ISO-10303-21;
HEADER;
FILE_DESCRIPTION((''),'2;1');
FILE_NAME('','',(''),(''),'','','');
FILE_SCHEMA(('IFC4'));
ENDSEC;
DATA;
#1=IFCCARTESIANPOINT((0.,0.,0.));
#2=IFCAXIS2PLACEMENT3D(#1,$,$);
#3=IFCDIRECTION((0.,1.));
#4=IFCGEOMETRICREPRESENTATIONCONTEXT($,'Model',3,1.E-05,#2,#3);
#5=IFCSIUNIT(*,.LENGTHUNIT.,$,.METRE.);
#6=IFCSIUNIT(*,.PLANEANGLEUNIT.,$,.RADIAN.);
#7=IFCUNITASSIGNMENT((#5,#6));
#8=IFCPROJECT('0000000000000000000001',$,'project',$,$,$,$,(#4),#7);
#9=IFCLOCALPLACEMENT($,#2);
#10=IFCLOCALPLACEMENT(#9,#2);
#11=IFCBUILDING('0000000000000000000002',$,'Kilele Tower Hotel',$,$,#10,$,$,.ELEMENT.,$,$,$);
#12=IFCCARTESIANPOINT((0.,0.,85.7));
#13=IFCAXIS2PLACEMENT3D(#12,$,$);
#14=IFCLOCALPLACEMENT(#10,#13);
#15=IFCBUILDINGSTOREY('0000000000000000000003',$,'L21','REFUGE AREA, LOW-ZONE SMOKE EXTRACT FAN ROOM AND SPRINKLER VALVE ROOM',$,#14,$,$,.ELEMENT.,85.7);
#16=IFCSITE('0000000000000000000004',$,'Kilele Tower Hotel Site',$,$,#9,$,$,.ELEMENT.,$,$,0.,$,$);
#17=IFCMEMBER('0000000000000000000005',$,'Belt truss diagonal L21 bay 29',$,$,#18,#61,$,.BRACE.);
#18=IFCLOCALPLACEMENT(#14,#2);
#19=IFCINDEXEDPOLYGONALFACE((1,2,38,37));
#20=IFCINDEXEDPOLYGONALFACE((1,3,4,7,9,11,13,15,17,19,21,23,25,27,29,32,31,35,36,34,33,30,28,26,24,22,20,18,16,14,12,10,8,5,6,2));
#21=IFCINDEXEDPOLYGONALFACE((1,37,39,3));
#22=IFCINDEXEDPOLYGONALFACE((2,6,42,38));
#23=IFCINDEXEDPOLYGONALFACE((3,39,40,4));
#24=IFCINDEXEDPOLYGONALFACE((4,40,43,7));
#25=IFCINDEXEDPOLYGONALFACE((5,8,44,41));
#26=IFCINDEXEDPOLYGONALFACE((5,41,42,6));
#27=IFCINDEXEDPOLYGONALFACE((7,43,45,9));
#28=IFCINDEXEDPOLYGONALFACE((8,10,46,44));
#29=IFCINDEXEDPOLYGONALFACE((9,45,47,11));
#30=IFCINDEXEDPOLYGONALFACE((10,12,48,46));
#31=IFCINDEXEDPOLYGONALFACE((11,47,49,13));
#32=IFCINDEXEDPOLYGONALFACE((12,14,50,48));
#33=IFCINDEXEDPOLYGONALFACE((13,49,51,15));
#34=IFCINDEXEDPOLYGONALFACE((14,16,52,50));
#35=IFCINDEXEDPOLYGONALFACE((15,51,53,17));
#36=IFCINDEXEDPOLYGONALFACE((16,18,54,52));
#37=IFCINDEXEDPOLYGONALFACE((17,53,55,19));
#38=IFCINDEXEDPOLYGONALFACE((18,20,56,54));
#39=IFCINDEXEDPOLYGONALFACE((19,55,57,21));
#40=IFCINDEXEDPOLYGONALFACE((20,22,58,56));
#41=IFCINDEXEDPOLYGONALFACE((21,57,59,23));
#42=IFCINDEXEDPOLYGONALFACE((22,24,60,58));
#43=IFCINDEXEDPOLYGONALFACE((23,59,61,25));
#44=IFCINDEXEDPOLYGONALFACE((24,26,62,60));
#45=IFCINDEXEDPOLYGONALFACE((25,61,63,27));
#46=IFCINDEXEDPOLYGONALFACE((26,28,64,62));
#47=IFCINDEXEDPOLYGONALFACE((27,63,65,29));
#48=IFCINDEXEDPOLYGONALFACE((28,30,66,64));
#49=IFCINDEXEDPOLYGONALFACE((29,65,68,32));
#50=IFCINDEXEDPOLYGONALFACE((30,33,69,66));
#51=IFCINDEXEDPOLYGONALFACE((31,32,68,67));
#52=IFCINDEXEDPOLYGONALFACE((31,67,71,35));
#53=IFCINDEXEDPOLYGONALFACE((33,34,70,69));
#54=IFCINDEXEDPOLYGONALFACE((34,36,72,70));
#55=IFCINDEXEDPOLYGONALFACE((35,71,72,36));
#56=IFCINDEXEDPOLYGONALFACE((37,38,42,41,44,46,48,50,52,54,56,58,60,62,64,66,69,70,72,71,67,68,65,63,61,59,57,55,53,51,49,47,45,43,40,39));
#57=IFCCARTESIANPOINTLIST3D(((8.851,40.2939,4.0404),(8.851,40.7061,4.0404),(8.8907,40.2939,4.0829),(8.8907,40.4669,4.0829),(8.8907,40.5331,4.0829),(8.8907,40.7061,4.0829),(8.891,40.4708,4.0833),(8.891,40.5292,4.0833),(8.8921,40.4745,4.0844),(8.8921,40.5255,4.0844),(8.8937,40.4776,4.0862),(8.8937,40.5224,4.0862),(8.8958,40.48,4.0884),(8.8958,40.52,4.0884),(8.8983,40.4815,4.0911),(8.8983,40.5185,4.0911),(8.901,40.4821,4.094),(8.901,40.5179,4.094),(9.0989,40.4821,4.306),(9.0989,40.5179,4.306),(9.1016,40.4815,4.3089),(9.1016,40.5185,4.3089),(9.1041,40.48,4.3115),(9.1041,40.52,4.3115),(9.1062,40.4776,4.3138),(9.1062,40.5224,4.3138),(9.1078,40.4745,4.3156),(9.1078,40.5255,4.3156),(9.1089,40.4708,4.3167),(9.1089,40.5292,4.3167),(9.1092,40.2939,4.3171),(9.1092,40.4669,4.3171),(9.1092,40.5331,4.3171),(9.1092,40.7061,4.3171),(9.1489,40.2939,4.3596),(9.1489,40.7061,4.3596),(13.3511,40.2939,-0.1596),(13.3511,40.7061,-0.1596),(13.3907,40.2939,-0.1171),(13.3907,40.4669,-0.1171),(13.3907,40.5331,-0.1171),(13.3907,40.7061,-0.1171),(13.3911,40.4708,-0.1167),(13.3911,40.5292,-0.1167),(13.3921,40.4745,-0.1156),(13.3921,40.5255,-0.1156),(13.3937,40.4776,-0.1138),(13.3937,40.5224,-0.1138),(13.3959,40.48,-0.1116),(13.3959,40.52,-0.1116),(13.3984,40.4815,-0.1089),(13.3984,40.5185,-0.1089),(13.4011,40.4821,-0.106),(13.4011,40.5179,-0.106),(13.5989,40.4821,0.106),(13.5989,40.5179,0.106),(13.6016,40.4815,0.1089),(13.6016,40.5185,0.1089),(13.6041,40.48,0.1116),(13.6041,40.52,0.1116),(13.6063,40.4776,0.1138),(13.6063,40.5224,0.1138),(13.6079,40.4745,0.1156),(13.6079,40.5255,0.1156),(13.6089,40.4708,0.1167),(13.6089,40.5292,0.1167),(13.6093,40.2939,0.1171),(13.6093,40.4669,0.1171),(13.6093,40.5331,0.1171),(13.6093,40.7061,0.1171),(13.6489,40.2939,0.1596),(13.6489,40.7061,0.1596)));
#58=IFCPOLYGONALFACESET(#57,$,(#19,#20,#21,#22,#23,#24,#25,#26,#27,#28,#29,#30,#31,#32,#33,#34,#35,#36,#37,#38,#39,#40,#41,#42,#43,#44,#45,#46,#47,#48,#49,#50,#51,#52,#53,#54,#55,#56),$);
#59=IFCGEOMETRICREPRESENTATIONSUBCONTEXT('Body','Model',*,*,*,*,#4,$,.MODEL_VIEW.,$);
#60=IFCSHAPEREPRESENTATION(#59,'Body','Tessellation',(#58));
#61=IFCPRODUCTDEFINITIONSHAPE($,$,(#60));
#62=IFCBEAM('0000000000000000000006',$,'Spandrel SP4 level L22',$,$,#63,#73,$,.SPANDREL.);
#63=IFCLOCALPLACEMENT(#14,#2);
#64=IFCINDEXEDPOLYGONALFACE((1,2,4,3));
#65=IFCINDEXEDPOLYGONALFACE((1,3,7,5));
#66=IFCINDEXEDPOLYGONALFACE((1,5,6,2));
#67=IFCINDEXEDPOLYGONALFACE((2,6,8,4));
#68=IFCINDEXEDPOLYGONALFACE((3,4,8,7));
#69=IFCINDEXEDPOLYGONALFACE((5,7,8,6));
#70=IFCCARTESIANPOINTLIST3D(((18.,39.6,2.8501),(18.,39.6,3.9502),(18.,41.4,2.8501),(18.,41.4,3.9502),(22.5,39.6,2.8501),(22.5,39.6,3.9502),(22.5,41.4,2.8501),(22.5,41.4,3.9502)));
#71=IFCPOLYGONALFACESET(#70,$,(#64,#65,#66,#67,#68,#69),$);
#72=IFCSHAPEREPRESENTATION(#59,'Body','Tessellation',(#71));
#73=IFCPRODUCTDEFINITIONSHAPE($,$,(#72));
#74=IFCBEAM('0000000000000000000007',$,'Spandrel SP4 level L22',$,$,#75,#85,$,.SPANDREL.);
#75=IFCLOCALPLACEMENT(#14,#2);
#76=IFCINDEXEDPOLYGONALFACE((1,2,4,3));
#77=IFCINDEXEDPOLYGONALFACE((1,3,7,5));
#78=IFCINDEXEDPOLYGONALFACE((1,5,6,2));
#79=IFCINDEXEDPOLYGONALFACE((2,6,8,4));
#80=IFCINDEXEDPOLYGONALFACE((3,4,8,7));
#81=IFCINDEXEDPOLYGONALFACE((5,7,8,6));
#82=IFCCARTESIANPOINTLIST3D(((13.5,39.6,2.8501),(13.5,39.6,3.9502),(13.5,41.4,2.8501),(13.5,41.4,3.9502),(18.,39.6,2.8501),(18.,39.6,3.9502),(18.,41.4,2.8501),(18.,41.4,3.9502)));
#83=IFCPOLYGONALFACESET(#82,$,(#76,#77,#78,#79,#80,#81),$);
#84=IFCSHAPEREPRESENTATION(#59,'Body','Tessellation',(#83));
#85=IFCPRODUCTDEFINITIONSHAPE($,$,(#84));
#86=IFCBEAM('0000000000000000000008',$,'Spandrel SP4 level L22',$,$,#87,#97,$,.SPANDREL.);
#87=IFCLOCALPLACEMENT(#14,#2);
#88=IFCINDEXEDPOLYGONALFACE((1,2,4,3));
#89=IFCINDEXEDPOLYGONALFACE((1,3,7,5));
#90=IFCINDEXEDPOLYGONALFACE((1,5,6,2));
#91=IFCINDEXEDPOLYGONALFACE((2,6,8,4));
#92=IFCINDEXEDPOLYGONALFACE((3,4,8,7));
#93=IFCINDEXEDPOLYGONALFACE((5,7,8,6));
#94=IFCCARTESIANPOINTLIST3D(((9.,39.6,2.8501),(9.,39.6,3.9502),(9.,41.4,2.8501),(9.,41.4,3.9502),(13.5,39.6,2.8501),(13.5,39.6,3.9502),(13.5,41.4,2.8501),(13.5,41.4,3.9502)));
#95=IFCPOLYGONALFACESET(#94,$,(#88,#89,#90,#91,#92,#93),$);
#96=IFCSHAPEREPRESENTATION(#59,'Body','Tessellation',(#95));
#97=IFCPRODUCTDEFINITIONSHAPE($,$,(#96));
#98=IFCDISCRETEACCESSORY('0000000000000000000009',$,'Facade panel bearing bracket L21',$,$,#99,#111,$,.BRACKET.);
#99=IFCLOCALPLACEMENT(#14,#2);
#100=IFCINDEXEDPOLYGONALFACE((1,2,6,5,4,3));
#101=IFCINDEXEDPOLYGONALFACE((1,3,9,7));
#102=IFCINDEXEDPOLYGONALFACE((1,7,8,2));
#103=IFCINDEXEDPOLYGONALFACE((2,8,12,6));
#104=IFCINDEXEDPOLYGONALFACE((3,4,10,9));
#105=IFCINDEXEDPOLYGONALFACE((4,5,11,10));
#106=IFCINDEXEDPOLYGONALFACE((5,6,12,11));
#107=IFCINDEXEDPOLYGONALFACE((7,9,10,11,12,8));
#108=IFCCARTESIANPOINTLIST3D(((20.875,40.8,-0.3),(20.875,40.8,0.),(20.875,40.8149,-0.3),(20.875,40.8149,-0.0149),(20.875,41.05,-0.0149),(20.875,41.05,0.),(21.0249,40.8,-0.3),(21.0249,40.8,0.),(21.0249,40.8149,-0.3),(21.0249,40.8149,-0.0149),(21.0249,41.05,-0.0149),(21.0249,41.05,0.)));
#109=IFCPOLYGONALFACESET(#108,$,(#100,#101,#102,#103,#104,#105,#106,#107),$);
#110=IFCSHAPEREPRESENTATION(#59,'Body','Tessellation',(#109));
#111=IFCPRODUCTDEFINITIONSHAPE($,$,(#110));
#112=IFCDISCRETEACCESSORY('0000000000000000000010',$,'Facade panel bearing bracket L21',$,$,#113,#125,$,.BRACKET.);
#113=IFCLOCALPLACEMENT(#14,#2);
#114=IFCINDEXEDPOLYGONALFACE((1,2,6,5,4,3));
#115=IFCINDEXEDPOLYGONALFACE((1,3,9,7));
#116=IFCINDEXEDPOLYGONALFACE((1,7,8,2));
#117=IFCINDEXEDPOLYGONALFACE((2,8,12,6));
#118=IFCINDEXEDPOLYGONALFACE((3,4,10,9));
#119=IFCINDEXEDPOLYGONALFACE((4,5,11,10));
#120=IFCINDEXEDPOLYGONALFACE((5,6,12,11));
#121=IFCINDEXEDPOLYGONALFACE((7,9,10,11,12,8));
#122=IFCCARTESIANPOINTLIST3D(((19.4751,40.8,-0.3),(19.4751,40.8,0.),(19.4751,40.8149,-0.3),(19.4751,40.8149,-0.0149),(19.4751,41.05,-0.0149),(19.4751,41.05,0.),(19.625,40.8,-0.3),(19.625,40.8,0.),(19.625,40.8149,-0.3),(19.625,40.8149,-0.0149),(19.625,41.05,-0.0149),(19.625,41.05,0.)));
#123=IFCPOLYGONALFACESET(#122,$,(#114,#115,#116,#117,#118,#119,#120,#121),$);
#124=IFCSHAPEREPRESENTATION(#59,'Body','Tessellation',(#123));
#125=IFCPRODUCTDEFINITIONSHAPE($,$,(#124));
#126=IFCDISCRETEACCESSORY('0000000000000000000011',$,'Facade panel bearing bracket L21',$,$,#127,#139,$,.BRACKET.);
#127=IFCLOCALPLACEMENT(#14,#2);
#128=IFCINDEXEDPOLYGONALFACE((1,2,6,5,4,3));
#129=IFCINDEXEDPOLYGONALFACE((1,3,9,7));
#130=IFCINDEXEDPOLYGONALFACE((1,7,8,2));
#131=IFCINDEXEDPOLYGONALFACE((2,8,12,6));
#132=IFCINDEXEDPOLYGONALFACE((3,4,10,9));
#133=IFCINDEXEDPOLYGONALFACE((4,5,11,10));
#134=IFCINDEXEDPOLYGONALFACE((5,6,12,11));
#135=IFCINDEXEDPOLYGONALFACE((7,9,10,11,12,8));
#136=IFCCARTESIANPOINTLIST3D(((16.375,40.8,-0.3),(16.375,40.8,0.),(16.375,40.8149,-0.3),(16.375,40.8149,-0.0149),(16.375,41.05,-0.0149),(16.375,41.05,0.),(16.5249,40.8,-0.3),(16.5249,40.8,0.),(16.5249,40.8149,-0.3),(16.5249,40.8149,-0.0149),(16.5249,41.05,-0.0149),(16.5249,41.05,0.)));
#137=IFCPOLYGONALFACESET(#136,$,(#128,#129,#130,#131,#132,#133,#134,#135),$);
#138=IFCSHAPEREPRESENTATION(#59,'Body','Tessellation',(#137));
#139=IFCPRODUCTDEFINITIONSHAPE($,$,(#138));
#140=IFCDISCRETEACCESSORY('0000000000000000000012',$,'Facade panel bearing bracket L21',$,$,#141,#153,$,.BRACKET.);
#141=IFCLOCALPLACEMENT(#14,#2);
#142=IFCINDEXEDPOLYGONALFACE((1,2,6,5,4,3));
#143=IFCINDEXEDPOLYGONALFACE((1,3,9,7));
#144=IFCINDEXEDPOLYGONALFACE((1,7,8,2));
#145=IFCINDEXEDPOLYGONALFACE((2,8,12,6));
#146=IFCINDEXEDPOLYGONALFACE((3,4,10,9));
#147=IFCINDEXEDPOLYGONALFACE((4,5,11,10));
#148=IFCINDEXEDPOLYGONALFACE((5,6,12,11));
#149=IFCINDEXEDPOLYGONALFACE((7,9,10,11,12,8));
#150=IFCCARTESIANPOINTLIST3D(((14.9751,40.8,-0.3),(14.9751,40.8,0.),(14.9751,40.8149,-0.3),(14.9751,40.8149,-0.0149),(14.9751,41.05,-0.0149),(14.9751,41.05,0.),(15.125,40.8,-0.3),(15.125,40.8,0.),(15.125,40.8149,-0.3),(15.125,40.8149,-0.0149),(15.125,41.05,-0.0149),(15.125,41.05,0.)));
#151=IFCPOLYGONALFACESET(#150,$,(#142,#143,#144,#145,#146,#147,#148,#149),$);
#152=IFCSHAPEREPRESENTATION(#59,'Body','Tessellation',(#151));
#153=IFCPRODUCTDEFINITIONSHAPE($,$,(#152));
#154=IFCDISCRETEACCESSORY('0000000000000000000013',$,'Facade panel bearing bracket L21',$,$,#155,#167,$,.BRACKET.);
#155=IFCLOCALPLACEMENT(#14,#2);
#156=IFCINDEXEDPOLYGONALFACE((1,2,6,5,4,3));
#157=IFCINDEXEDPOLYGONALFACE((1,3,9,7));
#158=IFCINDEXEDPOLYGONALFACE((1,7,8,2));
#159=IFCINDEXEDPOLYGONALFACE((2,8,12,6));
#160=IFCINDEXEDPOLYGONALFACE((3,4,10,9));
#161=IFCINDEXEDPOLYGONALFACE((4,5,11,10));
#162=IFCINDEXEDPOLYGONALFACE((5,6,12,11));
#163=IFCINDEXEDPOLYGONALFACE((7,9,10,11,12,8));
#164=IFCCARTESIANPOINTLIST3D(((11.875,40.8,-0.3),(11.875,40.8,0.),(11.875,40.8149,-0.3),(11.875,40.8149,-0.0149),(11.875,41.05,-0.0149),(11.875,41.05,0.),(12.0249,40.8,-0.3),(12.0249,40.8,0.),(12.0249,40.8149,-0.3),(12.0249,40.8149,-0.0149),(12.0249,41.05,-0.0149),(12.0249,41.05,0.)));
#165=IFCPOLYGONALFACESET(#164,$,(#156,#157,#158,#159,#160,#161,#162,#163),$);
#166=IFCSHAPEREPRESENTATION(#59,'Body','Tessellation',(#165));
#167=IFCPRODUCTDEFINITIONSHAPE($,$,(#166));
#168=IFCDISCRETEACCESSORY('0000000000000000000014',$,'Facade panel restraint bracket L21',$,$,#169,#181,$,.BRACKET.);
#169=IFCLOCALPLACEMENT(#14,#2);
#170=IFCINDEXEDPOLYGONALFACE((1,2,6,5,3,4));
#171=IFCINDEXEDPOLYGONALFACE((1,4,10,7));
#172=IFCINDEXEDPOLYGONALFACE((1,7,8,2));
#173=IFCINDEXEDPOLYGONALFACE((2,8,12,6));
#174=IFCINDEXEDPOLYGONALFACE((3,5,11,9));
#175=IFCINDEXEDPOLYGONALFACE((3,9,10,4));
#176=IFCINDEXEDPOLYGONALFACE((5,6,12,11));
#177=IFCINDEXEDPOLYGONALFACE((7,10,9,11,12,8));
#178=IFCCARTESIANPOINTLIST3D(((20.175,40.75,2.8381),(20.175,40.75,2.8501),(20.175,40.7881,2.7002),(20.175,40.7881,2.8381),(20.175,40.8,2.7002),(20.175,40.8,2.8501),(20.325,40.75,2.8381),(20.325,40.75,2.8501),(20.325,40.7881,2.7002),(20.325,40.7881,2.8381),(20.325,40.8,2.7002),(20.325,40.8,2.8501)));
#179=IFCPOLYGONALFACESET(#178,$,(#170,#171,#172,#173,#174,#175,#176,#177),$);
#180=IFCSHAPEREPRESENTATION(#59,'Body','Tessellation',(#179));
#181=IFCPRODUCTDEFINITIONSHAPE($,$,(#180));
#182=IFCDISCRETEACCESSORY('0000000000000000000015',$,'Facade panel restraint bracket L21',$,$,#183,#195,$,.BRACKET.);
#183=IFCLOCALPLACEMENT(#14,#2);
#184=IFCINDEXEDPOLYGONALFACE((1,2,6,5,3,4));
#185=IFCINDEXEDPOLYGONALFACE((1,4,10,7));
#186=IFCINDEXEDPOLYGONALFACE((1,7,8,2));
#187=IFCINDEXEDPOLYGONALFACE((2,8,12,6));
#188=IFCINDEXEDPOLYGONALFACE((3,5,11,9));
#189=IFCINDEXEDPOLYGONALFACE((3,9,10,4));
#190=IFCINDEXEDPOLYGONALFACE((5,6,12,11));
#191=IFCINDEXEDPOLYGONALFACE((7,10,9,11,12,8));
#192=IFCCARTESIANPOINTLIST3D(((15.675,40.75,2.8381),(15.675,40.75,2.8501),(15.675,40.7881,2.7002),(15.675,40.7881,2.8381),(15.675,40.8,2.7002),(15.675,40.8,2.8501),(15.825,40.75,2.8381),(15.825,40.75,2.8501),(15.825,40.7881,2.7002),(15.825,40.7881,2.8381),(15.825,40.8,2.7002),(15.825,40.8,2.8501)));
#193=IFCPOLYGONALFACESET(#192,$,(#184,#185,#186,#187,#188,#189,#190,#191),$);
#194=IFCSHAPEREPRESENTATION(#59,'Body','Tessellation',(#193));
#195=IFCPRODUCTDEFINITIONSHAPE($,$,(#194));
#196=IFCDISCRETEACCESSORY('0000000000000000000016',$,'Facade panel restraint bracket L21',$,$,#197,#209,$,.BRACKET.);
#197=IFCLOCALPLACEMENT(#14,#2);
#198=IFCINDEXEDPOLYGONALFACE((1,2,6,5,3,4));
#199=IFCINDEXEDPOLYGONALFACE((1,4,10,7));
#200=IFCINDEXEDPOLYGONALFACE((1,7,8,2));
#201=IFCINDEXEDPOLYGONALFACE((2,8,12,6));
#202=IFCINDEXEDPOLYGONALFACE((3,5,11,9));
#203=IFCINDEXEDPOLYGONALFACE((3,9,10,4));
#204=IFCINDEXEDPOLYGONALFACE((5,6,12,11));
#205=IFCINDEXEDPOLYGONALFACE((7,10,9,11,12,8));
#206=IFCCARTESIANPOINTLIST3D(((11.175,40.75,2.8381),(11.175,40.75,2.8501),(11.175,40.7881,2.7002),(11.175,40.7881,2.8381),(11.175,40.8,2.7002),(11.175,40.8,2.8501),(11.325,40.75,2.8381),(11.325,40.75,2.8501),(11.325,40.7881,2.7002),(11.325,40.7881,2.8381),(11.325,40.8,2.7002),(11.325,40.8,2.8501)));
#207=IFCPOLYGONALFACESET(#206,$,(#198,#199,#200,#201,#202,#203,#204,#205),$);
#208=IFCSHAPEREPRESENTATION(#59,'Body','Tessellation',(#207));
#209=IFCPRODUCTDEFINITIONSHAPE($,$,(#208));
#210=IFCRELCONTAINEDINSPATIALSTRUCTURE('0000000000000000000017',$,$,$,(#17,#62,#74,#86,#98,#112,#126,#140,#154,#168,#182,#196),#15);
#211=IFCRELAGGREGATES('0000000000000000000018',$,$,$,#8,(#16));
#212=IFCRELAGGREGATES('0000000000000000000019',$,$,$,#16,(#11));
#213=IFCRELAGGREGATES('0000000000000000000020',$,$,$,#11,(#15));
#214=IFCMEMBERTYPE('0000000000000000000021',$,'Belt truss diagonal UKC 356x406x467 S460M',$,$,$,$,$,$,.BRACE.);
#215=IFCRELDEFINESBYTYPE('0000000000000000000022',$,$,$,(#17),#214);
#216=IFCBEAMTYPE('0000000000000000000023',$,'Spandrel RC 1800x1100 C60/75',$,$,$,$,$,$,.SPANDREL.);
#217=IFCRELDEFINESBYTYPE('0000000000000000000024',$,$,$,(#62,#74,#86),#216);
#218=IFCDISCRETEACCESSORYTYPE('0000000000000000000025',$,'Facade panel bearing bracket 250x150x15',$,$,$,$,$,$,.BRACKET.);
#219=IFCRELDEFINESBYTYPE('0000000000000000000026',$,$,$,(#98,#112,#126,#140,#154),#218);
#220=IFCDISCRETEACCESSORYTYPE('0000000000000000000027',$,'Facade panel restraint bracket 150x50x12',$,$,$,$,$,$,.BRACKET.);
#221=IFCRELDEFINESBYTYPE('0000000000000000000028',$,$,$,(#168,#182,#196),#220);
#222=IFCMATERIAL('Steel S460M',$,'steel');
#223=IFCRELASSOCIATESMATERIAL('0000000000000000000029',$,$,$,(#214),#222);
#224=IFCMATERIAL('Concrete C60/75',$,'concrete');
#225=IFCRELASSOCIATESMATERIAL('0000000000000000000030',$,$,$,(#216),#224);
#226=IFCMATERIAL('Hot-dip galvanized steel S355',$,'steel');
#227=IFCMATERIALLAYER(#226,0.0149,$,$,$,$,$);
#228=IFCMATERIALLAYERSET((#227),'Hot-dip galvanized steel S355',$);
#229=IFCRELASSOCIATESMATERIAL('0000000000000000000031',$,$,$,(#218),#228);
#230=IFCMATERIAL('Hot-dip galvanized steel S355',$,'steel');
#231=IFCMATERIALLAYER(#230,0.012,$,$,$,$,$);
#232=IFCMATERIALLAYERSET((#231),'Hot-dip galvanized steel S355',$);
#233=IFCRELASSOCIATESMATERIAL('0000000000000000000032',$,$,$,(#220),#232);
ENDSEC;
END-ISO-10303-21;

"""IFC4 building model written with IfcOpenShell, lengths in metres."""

from ifc_helpers import new_model, si_unit, direction, frame, origin, origin_2d, place, context, subcontext, project, spatial, polyline, rectangle, i_section, outline, extrude, source, transform, mapped, material, layer, layer_set, material_profile, profile_set, type_object, element, save


model = new_model("IFC4")

# Units and contexts
model_context = context("Model", 3, precision=1e-05, world=origin(), true_north=direction((0.0, 1.0)))
body_context = subcontext(model_context, "Body", "Model", "MODEL_VIEW")
ifc_project = project(units=[si_unit("LENGTHUNIT", "METRE"), si_unit("PLANEANGLEUNIT", "RADIAN")], contexts=[model_context])

# Site, building, storey
site_placement = place(None, origin())
site = spatial("IfcSite", under=ifc_project, at=site_placement, Name="Kilele Tower Hotel Site", CompositionType="ELEMENT", RefElevation=0.0)
building_placement = place(site_placement, origin())
building = spatial("IfcBuilding", under=site, at=building_placement, Name="Kilele Tower Hotel", CompositionType="ELEMENT")
storey_placement = place(building_placement, frame((0.0, 0.0, 85.7)))
storey = spatial("IfcBuildingStorey", under=building, at=storey_placement, Name="L21", Description="REFUGE AREA, LOW-ZONE SMOKE EXTRACT FAN ROOM AND SPRINKLER VALVE ROOM", CompositionType="ELEMENT", Elevation=85.7)

# Member
ifc_material_1 = material(Name="Steel S460M", Category="steel")
ifc_material_profile_1 = material_profile(ifc_material_1, i_section(OverallWidth=0.4121, OverallDepth=0.4365, WebThickness=0.0359, FlangeThickness=0.0581, FilletRadius=0.0151, at=origin_2d()))
ifc_profile_set_1 = profile_set([ifc_material_profile_1], Name="Steel S460M")
member_type = type_object("IfcMemberType", Name="Belt truss diagonal UKC 356x406x467 S460M", PredefinedType="BRACE", material=ifc_profile_set_1)
for number, where, z_axis, x_axis, name in (
    (1, (13.5, 40.5, 0.0), (-0.731059, 0.0, 0.682314), (0.0, -1.0, 0.0), "Belt truss diagonal L21 bay 29"),
):
    element("IfcMember", number, at=place(storey_placement, frame(where, z_axis=z_axis, x_axis=x_axis)), inside=storey, type_object=member_type, Name=name, PredefinedType="BRACE", context=body_context, shape_type="SweptSolid", body=[
        extrude(i_section(OverallWidth=0.4121, OverallDepth=0.4365, WebThickness=0.0359, FlangeThickness=0.0581, FilletRadius=0.0151, at=origin_2d()), origin(), (0.0, 0.0, 1.0), 6.1555),
    ])

# Beams
ifc_material_2 = material(Name="Concrete C60/75", Category="concrete")
ifc_material_profile_2 = material_profile(ifc_material_2, rectangle(XDim=1.8, YDim=1.1001, at=origin_2d()))
ifc_profile_set_2 = profile_set([ifc_material_profile_2], Name="Concrete C60/75")
beam_type_1 = type_object("IfcBeamType", Name="Spandrel RC 1800x1100 C60/75", PredefinedType="SPANDREL", material=ifc_profile_set_2)
for number, where, z_axis, x_axis, name in (
    (2, (22.5, 40.5, 3.4001), (-1.0, 0.0, 0.0), (0.0, -1.0, 0.0), "Spandrel SP4 level L22"),
    (3, (18.0, 40.5, 3.4001), (-1.0, 0.0, 0.0), (0.0, -1.0, 0.0), "Spandrel SP4 level L22"),
    (4, (13.5, 40.5, 3.4001), (-1.0, 0.0, 0.0), (0.0, -1.0, 0.0), "Spandrel SP4 level L22"),
):
    element("IfcBeam", number, at=place(storey_placement, frame(where, z_axis=z_axis, x_axis=x_axis)), inside=storey, type_object=beam_type_1, Name=name, PredefinedType="SPANDREL", context=body_context, shape_type="SweptSolid", body=[
        extrude(rectangle(XDim=1.8, YDim=1.1001, at=origin_2d()), origin(), (0.0, 0.0, 1.0), 4.5),
    ])

# Discrete accessories
ifc_material_3 = material(Name="Hot-dip galvanized steel S355", Category="steel")
ifc_layer_1 = layer(ifc_material_3, 0.0149)
ifc_layer_set_1 = layer_set([ifc_layer_1], Name="Hot-dip galvanized steel S355")
discrete_accessory_type_1 = type_object("IfcDiscreteAccessoryType", Name="Facade panel bearing bracket 250x150x15", PredefinedType="BRACKET", material=ifc_layer_set_1)
shared_shape_1 = source(origin(), body_context, "Body", "SweptSolid", [
    extrude(outline(polyline([(0.0, 0.0), (0.25, 0.0), (0.25, -0.0149), (0.0149, -0.0149), (0.0149, -0.3), (0.0, -0.3), (0.0, 0.0)])), origin(), (0.0, 0.0, 1.0), 0.1499),
])
for number, where, z_axis, x_axis, name in (
    (5, (20.875, 40.8, 0.0), (1.0, 0.0, 0.0), (0.0, 1.0, 0.0), "Facade panel bearing bracket L21"),
    (6, (19.4751, 40.8, 0.0), (1.0, 0.0, 0.0), (0.0, 1.0, 0.0), "Facade panel bearing bracket L21"),
    (7, (16.375, 40.8, 0.0), (1.0, 0.0, 0.0), (0.0, 1.0, 0.0), "Facade panel bearing bracket L21"),
    (8, (14.9751, 40.8, 0.0), (1.0, 0.0, 0.0), (0.0, 1.0, 0.0), "Facade panel bearing bracket L21"),
    (9, (11.875, 40.8, 0.0), (1.0, 0.0, 0.0), (0.0, 1.0, 0.0), "Facade panel bearing bracket L21"),
):
    element("IfcDiscreteAccessory", number, at=place(storey_placement, frame(where, z_axis=z_axis, x_axis=x_axis)), inside=storey, type_object=discrete_accessory_type_1, Name=name, PredefinedType="BRACKET", context=body_context, shape_type="MappedRepresentation", body=[
        mapped(shared_shape_1, transform((0.0, 0.0, 0.0))),
    ])
ifc_material_4 = material(Name="Hot-dip galvanized steel S355", Category="steel")
ifc_layer_2 = layer(ifc_material_4, 0.012)
ifc_layer_set_2 = layer_set([ifc_layer_2], Name="Hot-dip galvanized steel S355")
discrete_accessory_type_2 = type_object("IfcDiscreteAccessoryType", Name="Facade panel restraint bracket 150x50x12", PredefinedType="BRACKET", material=ifc_layer_set_2)
shared_shape_2 = source(origin(), body_context, "Body", "SweptSolid", [
    extrude(outline(polyline([(0.0, 0.0), (0.0, -0.1499), (-0.012, -0.1499), (-0.012, -0.012), (-0.05, -0.012), (-0.05, 0.0), (0.0, 0.0)])), origin(), (0.0, 0.0, 1.0), 0.1499),
])
for number, where, z_axis, x_axis, name in (
    (10, (20.175, 40.8, 2.8501), (1.0, 0.0, 0.0), (0.0, 1.0, 0.0), "Facade panel restraint bracket L21"),
    (11, (15.675, 40.8, 2.8501), (1.0, 0.0, 0.0), (0.0, 1.0, 0.0), "Facade panel restraint bracket L21"),
    (12, (11.175, 40.8, 2.8501), (1.0, 0.0, 0.0), (0.0, 1.0, 0.0), "Facade panel restraint bracket L21"),
):
    element("IfcDiscreteAccessory", number, at=place(storey_placement, frame(where, z_axis=z_axis, x_axis=x_axis)), inside=storey, type_object=discrete_accessory_type_2, Name=name, PredefinedType="BRACKET", context=body_context, shape_type="MappedRepresentation", body=[
        mapped(shared_shape_2, transform((0.0, 0.0, 0.0))),
    ])

save(model, "model.ifc")
